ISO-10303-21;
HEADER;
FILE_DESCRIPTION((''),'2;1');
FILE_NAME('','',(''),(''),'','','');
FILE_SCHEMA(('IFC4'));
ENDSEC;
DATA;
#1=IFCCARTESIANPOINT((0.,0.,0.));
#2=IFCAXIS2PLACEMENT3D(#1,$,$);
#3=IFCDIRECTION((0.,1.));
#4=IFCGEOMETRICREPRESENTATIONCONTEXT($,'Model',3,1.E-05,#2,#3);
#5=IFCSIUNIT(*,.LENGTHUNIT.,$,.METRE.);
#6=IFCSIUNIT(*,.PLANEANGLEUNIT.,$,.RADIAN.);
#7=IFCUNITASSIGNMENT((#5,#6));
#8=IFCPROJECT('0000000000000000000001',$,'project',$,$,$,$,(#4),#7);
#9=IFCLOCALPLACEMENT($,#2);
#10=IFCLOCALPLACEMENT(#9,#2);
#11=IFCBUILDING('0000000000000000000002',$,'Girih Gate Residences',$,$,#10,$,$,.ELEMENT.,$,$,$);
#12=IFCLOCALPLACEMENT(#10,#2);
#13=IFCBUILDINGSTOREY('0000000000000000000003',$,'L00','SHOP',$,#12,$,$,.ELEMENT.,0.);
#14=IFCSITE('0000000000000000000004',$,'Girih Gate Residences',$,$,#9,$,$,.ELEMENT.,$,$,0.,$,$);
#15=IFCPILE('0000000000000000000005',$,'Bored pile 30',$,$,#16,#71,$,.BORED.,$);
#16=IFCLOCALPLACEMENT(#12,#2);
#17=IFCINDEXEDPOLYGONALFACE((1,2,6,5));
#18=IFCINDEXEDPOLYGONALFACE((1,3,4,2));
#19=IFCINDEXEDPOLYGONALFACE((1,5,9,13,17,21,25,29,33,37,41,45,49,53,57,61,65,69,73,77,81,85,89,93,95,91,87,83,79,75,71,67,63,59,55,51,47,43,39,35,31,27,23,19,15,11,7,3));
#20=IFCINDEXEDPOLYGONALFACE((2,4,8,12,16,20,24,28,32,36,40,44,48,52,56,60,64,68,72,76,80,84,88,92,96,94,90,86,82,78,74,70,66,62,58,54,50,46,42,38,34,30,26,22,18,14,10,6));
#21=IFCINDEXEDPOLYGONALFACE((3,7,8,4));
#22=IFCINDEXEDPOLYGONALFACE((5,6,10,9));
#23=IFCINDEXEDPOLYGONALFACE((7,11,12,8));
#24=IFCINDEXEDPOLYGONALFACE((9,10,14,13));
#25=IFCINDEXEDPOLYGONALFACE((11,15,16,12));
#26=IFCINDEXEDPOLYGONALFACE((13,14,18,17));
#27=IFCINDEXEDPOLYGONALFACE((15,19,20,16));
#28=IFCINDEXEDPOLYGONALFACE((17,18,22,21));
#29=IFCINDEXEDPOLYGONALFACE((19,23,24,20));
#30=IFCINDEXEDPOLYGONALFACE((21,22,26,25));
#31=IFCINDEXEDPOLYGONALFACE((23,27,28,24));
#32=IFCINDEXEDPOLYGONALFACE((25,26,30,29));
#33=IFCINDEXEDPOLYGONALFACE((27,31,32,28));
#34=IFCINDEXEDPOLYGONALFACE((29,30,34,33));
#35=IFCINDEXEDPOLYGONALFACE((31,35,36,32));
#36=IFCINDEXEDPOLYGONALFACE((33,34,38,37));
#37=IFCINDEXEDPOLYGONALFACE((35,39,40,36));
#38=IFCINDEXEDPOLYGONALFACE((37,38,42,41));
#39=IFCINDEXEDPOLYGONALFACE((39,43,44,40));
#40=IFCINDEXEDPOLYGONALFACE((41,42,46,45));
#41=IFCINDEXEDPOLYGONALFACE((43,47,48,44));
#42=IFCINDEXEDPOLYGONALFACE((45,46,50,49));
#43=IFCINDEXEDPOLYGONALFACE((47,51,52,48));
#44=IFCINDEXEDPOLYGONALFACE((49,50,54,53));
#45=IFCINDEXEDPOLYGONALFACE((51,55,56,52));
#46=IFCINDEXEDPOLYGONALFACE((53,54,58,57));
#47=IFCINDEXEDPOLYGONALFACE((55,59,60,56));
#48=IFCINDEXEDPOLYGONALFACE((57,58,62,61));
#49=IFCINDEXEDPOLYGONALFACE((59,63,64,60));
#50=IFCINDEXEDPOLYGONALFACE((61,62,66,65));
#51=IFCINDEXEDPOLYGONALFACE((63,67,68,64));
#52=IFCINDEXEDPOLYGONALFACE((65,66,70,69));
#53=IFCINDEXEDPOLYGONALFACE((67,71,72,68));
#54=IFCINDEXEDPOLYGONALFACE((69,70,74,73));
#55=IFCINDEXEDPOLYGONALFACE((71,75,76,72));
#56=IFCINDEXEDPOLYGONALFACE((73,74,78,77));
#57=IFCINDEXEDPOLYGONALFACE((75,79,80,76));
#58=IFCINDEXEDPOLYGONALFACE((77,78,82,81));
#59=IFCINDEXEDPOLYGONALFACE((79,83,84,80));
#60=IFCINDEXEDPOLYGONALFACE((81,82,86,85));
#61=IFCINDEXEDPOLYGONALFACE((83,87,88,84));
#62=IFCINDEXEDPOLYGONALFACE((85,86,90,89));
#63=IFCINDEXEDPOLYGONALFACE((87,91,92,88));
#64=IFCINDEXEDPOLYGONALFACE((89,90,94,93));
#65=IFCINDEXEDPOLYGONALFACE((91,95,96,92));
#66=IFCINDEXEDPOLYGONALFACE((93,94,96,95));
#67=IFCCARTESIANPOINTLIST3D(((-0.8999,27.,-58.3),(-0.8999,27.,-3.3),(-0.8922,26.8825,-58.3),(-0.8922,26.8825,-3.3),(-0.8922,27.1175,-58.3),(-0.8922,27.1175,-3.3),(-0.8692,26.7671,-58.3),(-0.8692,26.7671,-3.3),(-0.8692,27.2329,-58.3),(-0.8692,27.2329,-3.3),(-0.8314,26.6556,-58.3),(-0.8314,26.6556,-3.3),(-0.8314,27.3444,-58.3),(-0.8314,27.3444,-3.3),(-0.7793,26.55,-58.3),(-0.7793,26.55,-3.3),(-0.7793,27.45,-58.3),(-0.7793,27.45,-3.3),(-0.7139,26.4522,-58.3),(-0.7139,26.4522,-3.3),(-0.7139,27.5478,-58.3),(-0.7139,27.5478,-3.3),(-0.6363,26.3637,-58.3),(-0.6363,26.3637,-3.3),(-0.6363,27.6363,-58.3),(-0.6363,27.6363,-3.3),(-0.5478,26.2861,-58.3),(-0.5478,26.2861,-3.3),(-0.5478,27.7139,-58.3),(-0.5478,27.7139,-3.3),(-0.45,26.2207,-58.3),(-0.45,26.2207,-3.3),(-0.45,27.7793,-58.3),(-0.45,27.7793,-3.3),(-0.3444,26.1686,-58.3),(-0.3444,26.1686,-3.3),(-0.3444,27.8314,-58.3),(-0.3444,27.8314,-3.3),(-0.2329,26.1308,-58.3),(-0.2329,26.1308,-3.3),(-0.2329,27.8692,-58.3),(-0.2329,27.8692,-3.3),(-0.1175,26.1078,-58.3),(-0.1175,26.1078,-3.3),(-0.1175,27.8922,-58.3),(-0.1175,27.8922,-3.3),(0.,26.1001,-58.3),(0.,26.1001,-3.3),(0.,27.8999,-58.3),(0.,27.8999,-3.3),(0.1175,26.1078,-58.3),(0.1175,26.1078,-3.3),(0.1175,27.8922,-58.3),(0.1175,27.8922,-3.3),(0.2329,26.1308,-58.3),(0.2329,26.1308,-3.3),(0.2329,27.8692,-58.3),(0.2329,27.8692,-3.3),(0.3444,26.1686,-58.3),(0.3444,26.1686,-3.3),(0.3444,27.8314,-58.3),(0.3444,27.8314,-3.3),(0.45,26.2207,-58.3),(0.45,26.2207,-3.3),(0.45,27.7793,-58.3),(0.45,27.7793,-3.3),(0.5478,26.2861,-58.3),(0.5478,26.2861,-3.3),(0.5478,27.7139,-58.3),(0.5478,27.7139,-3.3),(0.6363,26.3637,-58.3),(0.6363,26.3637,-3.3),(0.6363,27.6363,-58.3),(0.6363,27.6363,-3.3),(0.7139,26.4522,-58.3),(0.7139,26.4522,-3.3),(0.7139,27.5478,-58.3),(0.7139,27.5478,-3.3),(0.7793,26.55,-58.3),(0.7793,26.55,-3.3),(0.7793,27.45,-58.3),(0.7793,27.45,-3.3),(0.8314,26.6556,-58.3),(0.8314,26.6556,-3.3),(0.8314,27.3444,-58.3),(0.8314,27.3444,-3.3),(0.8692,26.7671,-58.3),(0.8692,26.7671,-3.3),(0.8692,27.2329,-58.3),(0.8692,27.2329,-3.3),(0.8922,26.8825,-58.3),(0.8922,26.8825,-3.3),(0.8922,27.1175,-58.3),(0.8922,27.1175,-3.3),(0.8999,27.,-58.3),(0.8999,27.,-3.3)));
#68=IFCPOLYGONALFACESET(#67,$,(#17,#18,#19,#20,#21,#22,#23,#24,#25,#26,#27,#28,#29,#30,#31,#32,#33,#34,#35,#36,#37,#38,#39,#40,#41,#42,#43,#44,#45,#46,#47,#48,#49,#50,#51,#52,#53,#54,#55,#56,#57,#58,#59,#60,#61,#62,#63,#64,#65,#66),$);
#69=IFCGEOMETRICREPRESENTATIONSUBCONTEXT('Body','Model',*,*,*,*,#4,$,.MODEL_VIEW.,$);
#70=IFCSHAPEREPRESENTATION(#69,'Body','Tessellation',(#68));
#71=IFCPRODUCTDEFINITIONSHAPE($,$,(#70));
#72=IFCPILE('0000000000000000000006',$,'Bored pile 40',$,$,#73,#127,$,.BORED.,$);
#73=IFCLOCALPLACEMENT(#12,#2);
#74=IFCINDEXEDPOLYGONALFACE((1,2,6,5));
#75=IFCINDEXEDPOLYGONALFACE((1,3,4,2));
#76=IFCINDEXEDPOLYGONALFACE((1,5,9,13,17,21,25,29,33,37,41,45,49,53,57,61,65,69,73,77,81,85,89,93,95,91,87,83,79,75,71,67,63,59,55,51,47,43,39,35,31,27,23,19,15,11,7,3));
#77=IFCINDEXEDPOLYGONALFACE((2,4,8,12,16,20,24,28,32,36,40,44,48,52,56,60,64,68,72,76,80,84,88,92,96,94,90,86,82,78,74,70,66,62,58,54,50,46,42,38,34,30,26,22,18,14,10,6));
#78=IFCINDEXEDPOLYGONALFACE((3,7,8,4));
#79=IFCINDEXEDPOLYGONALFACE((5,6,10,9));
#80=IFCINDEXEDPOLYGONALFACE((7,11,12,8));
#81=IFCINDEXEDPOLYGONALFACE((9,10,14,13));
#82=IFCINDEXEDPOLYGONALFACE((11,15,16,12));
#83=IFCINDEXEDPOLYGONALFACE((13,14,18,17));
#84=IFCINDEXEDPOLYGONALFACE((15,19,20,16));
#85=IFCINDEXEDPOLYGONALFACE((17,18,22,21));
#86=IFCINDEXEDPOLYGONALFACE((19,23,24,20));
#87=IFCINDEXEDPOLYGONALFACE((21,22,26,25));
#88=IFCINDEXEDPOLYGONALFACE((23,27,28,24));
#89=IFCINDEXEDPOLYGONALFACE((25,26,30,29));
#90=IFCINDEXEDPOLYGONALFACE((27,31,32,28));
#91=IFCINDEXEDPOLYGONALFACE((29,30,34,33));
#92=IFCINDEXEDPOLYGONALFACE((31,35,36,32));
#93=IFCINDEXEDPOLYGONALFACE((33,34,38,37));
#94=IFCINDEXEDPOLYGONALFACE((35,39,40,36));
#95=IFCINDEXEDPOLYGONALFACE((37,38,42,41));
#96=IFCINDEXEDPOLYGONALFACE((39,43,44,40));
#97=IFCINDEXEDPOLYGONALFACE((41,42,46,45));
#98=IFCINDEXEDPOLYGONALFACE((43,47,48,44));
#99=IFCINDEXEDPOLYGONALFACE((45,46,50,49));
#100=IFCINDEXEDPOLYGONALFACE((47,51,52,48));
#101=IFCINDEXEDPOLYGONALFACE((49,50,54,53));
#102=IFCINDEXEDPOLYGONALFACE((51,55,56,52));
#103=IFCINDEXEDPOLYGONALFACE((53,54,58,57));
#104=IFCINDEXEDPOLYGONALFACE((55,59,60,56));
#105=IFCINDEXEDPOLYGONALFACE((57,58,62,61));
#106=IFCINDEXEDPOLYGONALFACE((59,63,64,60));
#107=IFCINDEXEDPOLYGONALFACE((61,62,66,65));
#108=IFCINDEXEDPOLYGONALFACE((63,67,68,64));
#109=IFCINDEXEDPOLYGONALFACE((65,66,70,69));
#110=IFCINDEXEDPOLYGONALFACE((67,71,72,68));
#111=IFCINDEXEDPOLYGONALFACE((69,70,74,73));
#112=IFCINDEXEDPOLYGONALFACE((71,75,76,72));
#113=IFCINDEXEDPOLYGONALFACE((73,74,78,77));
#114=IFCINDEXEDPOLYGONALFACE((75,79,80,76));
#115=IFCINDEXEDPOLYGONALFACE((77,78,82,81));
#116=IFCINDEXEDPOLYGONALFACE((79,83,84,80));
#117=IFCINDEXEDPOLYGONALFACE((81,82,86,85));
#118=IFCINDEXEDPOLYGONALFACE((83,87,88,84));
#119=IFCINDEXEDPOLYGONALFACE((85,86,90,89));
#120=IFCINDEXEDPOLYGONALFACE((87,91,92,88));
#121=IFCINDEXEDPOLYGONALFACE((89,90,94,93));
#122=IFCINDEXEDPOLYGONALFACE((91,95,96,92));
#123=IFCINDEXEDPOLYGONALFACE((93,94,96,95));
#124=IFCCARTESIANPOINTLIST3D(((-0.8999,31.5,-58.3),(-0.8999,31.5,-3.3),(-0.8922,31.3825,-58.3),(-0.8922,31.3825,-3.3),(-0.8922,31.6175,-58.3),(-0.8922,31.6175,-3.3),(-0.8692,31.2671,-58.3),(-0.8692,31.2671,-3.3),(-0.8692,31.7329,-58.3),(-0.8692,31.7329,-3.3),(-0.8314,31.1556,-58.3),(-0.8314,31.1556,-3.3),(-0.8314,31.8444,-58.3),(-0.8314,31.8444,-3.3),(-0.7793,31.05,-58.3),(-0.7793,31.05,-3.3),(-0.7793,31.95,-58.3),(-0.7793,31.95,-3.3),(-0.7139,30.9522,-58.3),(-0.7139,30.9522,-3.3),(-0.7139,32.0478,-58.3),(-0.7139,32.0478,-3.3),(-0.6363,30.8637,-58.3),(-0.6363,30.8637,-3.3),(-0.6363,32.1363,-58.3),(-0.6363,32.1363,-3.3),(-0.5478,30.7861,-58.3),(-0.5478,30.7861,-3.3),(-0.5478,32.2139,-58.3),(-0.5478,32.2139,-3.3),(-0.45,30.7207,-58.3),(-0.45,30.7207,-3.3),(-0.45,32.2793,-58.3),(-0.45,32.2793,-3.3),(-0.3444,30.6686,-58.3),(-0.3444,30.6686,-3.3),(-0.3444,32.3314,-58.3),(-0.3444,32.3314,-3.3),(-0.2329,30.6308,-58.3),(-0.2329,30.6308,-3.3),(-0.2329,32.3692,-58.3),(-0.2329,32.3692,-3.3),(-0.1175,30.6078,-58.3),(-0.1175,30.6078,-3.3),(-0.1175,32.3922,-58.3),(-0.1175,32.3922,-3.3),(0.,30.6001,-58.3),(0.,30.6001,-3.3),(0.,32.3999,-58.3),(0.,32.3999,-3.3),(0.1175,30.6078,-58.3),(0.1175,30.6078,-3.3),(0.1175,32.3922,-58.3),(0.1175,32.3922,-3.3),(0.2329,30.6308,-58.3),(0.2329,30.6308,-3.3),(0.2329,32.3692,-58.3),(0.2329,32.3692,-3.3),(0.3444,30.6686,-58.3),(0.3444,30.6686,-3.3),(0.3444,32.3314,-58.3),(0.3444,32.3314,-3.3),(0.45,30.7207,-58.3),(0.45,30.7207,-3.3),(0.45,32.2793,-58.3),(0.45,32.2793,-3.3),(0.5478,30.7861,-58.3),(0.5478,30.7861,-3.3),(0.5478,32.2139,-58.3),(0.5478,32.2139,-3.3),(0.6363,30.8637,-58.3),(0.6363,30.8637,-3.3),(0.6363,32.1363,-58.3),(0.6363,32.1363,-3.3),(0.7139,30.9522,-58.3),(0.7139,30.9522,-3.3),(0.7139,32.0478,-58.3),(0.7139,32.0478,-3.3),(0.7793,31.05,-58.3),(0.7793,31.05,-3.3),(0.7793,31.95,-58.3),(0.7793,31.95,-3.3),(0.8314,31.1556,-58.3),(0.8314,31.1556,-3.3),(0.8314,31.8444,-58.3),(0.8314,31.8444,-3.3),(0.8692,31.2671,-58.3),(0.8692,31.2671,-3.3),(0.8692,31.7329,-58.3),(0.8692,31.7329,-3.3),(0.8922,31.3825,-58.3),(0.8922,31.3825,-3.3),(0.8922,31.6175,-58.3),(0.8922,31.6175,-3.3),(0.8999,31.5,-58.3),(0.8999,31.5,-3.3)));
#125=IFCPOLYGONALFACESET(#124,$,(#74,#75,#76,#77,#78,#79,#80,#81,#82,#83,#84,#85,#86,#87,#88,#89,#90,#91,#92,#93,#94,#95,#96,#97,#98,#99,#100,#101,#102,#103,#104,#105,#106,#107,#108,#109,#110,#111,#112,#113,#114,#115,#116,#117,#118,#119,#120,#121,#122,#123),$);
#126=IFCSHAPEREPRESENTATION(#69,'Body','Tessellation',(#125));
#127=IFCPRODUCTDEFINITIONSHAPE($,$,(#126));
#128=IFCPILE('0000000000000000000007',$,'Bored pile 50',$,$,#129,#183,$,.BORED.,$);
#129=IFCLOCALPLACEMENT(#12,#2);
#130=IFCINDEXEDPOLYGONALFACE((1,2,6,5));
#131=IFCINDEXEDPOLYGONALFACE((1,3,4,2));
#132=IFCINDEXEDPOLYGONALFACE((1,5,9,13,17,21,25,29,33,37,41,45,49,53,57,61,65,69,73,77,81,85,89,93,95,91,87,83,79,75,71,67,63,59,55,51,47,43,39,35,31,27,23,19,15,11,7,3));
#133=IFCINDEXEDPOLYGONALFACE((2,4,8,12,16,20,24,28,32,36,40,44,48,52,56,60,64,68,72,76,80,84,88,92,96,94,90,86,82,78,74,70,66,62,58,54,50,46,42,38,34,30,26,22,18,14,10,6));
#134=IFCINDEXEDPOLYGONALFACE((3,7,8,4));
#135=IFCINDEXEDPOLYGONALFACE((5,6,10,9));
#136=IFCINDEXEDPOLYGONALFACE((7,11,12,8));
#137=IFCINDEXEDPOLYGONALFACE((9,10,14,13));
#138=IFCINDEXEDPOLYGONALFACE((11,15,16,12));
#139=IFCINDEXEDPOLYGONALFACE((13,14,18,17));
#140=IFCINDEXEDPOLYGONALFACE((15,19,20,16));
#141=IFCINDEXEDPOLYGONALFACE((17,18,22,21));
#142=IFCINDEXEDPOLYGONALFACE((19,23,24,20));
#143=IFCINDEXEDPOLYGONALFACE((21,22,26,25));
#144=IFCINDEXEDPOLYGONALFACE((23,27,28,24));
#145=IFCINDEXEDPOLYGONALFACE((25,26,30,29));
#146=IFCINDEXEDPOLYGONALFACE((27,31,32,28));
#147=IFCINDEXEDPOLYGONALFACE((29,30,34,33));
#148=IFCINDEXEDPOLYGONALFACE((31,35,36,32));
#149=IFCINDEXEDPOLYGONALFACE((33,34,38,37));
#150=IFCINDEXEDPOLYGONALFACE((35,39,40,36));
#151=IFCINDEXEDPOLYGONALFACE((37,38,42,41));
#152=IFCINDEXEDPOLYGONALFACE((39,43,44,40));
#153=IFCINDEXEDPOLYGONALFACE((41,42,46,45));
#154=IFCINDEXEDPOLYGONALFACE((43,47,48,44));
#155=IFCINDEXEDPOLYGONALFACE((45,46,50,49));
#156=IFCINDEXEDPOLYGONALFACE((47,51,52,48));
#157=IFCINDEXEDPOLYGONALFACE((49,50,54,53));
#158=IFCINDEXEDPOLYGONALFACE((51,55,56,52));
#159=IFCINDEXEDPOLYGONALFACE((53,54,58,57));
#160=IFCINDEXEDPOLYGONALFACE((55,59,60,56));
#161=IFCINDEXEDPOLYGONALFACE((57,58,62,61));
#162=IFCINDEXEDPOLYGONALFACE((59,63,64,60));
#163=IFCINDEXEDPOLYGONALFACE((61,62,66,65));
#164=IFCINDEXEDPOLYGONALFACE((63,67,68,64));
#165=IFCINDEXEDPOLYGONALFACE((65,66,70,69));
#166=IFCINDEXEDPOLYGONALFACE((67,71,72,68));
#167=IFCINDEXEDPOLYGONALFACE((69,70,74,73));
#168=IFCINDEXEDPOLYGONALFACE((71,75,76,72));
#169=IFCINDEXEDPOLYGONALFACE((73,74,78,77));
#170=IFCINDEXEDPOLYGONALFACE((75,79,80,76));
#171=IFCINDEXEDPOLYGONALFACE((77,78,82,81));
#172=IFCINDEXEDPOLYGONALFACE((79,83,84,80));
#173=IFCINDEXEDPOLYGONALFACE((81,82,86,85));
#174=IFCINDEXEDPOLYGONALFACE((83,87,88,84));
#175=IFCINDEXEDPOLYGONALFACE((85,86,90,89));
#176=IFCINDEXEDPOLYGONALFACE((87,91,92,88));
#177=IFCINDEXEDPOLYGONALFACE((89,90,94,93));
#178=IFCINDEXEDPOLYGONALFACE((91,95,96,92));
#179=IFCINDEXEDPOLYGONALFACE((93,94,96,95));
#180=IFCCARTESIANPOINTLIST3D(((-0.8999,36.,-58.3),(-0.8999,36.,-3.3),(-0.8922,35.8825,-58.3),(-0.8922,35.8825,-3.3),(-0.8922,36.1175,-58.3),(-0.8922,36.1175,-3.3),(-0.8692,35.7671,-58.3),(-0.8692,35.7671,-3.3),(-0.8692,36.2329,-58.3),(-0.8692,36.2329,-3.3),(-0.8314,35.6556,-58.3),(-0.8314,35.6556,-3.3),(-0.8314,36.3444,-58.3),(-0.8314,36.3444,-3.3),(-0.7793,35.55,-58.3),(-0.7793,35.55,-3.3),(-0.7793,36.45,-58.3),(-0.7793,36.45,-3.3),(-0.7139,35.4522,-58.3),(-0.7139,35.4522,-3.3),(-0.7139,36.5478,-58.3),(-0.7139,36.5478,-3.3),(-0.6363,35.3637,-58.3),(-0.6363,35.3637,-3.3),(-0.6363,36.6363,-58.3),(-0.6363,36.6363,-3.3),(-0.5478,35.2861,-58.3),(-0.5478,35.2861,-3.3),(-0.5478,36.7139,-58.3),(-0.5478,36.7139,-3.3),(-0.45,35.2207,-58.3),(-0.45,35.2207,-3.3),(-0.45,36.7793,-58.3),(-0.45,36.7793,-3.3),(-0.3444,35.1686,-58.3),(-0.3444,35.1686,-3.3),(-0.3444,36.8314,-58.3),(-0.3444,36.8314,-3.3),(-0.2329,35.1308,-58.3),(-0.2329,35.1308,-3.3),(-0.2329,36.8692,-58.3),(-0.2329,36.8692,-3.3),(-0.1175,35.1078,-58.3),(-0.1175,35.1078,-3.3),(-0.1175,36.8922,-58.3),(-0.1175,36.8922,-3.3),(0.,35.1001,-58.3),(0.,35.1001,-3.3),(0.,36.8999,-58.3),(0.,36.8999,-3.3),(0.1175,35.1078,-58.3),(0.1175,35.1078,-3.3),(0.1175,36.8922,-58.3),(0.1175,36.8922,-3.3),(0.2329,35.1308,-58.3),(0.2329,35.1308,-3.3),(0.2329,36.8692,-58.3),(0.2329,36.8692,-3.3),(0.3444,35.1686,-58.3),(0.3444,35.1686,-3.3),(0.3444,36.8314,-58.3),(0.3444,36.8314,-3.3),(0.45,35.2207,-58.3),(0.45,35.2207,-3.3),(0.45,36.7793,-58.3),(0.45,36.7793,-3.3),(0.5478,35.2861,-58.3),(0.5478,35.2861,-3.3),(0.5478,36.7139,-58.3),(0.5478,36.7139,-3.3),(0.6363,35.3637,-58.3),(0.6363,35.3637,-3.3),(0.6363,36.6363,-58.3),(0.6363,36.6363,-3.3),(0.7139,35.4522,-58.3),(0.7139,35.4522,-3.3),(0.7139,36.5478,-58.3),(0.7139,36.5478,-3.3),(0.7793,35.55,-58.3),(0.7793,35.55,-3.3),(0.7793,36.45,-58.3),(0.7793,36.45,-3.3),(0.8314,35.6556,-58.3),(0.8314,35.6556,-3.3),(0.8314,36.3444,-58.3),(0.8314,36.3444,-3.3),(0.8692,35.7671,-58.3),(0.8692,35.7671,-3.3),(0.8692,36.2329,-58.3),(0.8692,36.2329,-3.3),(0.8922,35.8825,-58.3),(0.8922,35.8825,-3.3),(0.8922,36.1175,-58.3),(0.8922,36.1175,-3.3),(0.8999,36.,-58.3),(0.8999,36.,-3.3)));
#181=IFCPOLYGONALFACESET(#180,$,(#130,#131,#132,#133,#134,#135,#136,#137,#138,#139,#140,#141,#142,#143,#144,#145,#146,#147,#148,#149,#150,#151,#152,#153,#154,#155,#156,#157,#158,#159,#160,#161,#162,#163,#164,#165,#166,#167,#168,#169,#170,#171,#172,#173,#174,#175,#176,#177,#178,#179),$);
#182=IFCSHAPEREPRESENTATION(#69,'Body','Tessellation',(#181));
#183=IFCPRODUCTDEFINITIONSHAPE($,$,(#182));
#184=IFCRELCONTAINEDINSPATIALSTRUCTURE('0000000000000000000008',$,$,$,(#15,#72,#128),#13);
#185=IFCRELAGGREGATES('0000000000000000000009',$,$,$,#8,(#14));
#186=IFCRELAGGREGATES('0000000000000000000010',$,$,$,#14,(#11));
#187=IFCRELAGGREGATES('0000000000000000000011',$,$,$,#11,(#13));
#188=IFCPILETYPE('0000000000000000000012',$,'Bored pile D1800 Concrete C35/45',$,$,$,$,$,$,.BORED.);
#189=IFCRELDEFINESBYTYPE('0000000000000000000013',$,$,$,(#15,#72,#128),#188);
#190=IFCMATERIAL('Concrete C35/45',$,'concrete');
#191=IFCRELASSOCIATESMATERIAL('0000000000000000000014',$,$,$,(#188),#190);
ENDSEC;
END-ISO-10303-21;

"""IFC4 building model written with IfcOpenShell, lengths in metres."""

from ifc_helpers import new_model, si_unit, direction, frame, origin, origin_2d, place, context, subcontext, project, spatial, circle, extrude, material, material_profile, profile_set, type_object, element, save


model = new_model("IFC4")

# Units and contexts
model_context = context("Model", 3, precision=1e-05, world=origin(), true_north=direction((0.0, 1.0)))
body_context = subcontext(model_context, "Body", "Model", "MODEL_VIEW")
ifc_project = project(units=[si_unit("LENGTHUNIT", "METRE"), si_unit("PLANEANGLEUNIT", "RADIAN")], contexts=[model_context])

# Site, building, storey
site_placement = place(None, origin())
site = spatial("IfcSite", under=ifc_project, at=site_placement, Name="Girih Gate Residences", CompositionType="ELEMENT", RefElevation=0.0)
building_placement = place(site_placement, origin())
building = spatial("IfcBuilding", under=site, at=building_placement, Name="Girih Gate Residences", CompositionType="ELEMENT")
storey_placement = place(building_placement, origin())
storey = spatial("IfcBuildingStorey", under=building, at=storey_placement, Name="L00", Description="SHOP", CompositionType="ELEMENT", Elevation=0.0)

# Piles
ifc_material_1 = material(Name="Concrete C35/45", Category="concrete")
ifc_material_profile_1 = material_profile(ifc_material_1, circle(Radius=0.8999, at=origin_2d()))
ifc_profile_set_1 = profile_set([ifc_material_profile_1], Name="Concrete C35/45")
pile_type_1 = type_object("IfcPileType", Name="Bored pile D1800 Concrete C35/45", PredefinedType="BORED", material=ifc_profile_set_1)
for number, where, z_axis, x_axis, name in (
    (1, (0.0, 27.0, -3.3), (0.0, 0.0, -1.0), (1.0, 0.0, 0.0), "Bored pile 30"),
    (2, (0.0, 31.5, -3.3), (0.0, 0.0, -1.0), (1.0, 0.0, 0.0), "Bored pile 40"),
    (3, (0.0, 36.0, -3.3), (0.0, 0.0, -1.0), (1.0, 0.0, 0.0), "Bored pile 50"),
):
    element("IfcPile", number, at=place(storey_placement, frame(where, z_axis=z_axis, x_axis=x_axis)), inside=storey, type_object=pile_type_1, Name=name, PredefinedType="BORED", context=body_context, shape_type="SweptSolid", body=[
        extrude(circle(Radius=0.8999, at=origin_2d()), origin(), (0.0, 0.0, 1.0), 55.0),
    ])

save(model, "model.ifc")
